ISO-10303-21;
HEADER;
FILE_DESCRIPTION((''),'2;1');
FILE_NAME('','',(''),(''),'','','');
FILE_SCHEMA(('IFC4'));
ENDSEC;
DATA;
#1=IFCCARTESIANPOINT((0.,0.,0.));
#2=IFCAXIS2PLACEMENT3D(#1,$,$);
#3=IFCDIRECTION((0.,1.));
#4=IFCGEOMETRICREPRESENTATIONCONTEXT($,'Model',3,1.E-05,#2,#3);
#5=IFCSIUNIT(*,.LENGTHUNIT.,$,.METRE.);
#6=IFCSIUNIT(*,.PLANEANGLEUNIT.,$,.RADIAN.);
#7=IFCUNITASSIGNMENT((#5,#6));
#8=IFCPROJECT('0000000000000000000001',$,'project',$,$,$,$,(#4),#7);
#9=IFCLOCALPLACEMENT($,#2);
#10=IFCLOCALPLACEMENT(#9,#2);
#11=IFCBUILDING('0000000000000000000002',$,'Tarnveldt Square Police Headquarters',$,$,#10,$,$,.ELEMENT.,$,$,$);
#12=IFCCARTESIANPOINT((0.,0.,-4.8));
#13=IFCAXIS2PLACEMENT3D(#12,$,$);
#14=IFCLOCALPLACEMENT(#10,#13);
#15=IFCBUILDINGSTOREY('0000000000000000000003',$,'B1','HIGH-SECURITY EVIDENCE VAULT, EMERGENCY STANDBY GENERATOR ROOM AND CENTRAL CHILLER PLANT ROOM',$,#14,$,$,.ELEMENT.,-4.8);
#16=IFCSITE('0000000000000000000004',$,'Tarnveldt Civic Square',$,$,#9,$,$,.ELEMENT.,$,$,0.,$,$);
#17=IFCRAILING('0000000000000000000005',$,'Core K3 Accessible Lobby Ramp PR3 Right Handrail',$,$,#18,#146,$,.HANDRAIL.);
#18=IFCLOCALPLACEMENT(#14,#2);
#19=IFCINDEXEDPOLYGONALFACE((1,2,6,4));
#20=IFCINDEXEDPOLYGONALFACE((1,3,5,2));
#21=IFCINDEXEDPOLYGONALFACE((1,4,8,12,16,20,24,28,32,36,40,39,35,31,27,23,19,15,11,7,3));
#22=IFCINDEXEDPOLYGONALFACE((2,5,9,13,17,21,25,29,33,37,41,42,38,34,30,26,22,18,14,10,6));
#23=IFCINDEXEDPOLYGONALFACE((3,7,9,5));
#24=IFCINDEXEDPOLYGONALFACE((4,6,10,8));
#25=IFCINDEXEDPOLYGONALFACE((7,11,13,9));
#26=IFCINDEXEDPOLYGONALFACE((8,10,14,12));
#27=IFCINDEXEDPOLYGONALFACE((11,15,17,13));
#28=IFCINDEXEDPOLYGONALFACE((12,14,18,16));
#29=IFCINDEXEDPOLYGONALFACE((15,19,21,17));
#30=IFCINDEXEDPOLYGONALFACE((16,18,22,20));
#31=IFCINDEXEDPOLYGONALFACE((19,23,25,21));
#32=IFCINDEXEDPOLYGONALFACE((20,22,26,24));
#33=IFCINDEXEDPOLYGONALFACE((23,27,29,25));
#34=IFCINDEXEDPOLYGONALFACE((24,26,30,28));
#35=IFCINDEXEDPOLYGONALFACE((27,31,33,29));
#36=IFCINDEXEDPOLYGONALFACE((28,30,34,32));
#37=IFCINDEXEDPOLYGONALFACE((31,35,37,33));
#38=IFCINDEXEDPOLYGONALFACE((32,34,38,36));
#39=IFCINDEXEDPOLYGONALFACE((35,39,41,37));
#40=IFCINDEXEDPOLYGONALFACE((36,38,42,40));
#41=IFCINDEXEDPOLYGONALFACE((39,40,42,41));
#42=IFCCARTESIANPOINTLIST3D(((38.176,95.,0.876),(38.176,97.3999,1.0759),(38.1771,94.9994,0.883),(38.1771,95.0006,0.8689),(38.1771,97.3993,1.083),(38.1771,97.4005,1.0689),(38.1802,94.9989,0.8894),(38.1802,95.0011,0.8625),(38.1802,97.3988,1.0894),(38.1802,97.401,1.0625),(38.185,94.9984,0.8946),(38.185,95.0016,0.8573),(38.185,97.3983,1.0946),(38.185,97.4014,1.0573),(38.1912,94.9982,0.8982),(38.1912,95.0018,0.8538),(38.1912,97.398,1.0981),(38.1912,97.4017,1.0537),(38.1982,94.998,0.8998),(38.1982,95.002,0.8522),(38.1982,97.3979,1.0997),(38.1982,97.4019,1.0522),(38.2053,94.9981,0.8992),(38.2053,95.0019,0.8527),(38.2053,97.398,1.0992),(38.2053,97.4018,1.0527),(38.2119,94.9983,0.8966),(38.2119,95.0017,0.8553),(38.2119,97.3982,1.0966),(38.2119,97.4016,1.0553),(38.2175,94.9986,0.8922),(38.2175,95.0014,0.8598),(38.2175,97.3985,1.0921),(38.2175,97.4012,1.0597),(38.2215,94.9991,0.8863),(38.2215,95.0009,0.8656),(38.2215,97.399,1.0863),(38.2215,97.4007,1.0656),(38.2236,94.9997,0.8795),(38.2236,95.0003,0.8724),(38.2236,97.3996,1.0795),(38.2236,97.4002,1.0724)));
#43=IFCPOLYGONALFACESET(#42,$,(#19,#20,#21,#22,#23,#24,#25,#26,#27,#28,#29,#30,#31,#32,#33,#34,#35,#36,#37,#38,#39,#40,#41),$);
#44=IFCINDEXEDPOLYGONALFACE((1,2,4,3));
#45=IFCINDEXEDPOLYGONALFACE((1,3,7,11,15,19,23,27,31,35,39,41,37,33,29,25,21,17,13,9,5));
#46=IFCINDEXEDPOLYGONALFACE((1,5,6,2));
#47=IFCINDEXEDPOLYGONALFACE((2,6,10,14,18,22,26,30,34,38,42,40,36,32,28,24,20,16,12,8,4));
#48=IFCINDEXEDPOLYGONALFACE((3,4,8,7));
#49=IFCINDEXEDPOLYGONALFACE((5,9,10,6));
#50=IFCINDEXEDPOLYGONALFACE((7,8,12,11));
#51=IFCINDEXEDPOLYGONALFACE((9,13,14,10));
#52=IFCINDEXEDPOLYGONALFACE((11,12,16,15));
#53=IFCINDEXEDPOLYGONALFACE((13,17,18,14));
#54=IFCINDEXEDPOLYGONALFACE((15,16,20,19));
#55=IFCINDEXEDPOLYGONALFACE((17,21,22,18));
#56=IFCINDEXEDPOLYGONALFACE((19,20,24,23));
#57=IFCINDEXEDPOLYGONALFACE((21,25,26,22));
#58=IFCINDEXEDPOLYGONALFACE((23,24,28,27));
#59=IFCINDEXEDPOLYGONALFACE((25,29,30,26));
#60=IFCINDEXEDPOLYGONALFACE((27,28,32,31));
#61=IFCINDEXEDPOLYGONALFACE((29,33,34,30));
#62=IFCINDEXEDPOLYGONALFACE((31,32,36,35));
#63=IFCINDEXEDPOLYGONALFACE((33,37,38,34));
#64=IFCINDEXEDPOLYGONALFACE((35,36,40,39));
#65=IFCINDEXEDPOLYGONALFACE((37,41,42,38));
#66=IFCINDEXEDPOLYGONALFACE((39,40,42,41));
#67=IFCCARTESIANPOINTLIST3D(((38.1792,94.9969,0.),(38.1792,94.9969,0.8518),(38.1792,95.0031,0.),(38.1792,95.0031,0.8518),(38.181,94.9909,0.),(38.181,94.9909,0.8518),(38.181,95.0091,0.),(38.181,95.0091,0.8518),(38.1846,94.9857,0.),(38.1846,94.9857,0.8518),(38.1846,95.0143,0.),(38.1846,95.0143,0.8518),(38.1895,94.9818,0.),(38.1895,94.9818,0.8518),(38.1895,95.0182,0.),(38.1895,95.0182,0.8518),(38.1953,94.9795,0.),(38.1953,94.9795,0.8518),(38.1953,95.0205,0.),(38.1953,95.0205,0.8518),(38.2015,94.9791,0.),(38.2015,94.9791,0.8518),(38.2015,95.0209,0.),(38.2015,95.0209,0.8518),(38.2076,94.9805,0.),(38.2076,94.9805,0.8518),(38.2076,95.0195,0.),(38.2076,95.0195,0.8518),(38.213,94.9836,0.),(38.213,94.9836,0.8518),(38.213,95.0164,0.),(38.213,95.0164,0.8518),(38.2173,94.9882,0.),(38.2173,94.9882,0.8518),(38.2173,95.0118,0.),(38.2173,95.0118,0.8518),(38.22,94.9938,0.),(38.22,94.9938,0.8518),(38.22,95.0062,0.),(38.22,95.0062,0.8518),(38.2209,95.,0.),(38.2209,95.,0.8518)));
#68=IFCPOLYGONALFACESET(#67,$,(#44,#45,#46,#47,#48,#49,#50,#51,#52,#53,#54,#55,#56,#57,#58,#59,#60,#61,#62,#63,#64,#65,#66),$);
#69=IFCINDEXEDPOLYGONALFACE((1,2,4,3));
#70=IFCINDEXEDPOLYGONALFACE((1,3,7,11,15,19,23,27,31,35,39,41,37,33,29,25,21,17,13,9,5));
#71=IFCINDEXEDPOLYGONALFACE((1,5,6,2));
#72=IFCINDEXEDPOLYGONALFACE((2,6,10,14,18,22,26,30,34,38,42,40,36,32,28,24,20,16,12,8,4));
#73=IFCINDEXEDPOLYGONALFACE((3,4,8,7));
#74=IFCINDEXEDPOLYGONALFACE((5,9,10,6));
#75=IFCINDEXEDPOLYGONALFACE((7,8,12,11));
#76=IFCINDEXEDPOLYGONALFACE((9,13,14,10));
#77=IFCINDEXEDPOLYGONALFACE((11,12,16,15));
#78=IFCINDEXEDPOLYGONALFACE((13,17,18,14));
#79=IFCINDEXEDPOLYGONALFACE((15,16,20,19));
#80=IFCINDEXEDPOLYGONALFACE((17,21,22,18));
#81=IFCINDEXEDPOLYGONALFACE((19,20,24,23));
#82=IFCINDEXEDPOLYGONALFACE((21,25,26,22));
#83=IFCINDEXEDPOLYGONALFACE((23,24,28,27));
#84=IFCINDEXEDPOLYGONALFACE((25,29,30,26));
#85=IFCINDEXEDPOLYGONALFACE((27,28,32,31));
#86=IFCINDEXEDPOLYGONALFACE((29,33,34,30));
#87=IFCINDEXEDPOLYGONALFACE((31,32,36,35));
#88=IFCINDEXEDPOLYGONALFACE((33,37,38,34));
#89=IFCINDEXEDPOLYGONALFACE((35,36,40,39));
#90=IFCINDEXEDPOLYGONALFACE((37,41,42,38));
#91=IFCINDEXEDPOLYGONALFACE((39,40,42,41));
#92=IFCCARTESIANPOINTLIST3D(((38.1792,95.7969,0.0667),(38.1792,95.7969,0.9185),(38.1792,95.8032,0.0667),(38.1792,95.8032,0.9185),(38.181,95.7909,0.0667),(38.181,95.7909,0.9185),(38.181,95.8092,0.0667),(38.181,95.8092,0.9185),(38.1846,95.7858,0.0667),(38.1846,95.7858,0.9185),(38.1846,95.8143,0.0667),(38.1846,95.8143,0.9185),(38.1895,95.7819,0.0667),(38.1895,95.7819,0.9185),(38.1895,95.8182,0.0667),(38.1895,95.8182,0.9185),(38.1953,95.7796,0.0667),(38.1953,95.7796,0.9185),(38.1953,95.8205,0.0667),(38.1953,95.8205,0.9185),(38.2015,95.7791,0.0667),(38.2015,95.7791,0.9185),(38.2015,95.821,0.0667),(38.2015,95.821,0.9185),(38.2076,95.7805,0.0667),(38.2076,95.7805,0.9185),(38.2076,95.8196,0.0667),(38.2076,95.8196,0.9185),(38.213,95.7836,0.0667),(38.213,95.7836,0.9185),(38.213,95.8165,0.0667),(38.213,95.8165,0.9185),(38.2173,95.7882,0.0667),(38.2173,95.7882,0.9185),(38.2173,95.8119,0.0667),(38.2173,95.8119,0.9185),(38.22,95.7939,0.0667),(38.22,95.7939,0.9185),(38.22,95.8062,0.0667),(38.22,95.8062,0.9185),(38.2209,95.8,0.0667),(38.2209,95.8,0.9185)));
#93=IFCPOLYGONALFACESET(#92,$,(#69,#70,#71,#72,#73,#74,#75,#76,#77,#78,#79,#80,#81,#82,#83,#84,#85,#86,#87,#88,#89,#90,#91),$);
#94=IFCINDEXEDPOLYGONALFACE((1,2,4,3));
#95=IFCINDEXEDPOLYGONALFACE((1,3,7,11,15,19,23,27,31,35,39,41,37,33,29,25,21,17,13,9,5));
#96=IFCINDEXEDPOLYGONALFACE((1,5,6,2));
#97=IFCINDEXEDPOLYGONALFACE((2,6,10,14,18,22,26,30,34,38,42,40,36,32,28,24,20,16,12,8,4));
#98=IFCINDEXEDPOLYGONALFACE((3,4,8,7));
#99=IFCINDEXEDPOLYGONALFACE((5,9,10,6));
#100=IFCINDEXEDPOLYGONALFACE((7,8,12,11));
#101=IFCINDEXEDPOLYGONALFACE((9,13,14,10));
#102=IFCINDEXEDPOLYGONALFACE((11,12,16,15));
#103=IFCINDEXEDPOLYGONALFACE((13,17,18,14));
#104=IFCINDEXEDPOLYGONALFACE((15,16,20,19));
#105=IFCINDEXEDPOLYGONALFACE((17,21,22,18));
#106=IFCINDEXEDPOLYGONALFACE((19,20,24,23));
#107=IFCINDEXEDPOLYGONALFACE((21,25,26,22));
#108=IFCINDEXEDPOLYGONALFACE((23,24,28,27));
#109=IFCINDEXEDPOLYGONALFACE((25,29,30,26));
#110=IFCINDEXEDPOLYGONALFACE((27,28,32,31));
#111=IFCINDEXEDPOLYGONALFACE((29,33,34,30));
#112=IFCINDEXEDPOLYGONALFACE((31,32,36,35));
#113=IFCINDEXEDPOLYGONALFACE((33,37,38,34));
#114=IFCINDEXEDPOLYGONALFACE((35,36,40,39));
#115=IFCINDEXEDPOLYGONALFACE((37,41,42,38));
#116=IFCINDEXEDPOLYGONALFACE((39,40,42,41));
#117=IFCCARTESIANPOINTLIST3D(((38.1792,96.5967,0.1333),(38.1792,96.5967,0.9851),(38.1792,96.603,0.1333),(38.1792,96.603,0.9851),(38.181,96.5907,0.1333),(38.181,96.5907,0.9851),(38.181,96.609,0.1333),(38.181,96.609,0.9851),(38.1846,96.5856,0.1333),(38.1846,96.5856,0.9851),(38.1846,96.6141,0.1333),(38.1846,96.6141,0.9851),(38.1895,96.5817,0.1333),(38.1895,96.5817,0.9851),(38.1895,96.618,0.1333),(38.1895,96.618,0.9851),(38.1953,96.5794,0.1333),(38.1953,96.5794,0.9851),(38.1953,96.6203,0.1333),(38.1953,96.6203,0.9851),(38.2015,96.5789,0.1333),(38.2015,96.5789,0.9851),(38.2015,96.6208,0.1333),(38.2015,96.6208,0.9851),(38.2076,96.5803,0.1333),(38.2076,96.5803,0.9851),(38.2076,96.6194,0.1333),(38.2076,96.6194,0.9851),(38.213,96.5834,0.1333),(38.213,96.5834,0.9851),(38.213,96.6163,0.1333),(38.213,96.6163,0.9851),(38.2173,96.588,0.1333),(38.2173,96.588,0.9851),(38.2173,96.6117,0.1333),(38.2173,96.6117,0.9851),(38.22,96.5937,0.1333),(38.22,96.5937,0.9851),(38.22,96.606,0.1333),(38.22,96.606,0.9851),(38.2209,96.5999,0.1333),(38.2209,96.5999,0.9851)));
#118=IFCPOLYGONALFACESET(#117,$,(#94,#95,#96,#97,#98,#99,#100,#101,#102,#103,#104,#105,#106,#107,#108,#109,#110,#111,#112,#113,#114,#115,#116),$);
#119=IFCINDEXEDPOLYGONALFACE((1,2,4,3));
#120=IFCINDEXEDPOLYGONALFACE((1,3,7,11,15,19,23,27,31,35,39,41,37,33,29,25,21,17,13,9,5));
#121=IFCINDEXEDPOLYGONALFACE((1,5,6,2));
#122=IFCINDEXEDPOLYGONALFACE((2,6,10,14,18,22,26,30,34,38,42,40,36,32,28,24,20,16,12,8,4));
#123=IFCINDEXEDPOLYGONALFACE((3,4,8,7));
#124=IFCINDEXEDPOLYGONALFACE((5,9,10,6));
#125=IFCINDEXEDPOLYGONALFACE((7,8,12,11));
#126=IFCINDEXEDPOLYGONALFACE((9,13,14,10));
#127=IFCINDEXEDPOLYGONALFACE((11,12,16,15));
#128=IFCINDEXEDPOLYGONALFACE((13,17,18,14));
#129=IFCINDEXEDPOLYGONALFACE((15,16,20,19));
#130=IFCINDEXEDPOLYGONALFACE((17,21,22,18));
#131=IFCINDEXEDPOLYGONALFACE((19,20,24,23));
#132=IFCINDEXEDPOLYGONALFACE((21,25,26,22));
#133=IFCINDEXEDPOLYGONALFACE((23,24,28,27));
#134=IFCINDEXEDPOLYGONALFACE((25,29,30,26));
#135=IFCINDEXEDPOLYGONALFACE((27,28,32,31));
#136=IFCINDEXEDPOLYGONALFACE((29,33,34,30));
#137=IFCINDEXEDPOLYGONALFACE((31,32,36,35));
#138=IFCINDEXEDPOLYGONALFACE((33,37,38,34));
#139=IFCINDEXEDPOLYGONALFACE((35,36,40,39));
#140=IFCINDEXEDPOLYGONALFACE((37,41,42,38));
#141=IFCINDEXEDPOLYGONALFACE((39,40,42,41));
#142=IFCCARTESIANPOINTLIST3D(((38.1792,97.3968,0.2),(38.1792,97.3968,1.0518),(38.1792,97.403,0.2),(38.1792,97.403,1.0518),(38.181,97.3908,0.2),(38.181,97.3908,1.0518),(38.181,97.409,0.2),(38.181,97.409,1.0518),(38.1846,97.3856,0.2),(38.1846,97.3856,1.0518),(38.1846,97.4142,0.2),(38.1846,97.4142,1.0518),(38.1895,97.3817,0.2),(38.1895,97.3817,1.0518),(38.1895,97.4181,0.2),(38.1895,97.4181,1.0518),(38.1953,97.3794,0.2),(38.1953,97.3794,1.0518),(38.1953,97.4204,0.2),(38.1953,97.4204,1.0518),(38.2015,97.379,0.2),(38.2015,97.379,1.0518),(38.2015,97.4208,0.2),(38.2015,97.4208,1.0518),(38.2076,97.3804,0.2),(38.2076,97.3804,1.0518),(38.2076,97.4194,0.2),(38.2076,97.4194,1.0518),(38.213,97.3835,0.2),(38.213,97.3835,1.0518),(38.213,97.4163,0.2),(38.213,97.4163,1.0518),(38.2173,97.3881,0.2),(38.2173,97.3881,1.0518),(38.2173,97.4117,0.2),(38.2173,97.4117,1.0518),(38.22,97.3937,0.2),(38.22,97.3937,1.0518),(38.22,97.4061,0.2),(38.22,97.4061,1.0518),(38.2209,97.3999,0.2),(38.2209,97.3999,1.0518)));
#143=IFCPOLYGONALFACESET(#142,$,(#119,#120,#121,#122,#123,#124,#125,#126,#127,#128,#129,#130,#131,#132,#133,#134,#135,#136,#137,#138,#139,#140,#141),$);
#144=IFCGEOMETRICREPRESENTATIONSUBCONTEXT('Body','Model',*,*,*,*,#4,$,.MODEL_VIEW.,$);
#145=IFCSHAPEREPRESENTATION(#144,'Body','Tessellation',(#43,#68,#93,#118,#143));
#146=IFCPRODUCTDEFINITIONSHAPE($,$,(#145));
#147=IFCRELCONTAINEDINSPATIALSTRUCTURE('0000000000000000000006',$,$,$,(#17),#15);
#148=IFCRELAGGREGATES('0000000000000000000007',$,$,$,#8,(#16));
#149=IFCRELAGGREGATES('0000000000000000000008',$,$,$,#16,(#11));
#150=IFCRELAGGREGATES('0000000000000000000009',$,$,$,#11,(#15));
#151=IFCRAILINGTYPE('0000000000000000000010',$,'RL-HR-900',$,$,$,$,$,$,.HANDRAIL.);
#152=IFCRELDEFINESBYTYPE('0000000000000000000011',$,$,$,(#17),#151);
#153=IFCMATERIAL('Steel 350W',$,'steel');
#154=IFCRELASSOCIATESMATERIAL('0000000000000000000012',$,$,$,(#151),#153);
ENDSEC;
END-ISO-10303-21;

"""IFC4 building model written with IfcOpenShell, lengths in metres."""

from ifc_helpers import new_model, si_unit, direction, frame, origin, origin_2d, place, context, subcontext, project, spatial, circle, extrude, material, type_object, element, save


model = new_model("IFC4")

# Units and contexts
model_context = context("Model", 3, precision=1e-05, world=origin(), true_north=direction((0.0, 1.0)))
body_context = subcontext(model_context, "Body", "Model", "MODEL_VIEW")
ifc_project = project(units=[si_unit("LENGTHUNIT", "METRE"), si_unit("PLANEANGLEUNIT", "RADIAN")], contexts=[model_context])

# Site, building, storey
site_placement = place(None, origin())
site = spatial("IfcSite", under=ifc_project, at=site_placement, Name="Tarnveldt Civic Square", CompositionType="ELEMENT", RefElevation=0.0)
building_placement = place(site_placement, origin())
building = spatial("IfcBuilding", under=site, at=building_placement, Name="Tarnveldt Square Police Headquarters", CompositionType="ELEMENT")
storey_placement = place(building_placement, frame((0.0, 0.0, -4.8)))
storey = spatial("IfcBuildingStorey", under=building, at=storey_placement, Name="B1", Description="HIGH-SECURITY EVIDENCE VAULT, EMERGENCY STANDBY GENERATOR ROOM AND CENTRAL CHILLER PLANT ROOM", CompositionType="ELEMENT", Elevation=-4.8)

# Shared definitions
ifc_material_1 = material(Name="Steel 350W", Category="steel")

# Railing
railing_type = type_object("IfcRailingType", Name="RL-HR-900", PredefinedType="HANDRAIL", material=ifc_material_1)
for number, where, name in (
    (1, (38.2, 95.0, 0.0), "Core K3 Accessible Lobby Ramp PR3 Right Handrail"),
):
    element("IfcRailing", number, at=place(storey_placement, frame(where)), inside=storey, type_object=railing_type, Name=name, PredefinedType="HANDRAIL", context=body_context, shape_type="SweptSolid", body=[
        extrude(circle(Radius=0.0239, at=origin_2d()), frame((0.0, 0.0, 0.876), z_axis=(0.0, 0.996547, 0.083029), x_axis=(-1.0, 0.0, 0.0)), (0.0, 0.0, 1.0), 2.4082),
        extrude(circle(Radius=0.021, at=origin_2d()), origin(), (0.0, 0.0, 1.0), 0.8518),
        extrude(circle(Radius=0.021, at=origin_2d()), frame((0.0, 0.8, 0.0667)), (0.0, 0.0, 1.0), 0.8518),
        extrude(circle(Radius=0.021, at=origin_2d()), frame((0.0, 1.5999, 0.1333)), (0.0, 0.0, 1.0), 0.8518),
        extrude(circle(Radius=0.021, at=origin_2d()), frame((0.0, 2.3999, 0.2)), (0.0, 0.0, 1.0), 0.8518),
    ])

save(model, "model.ifc")
